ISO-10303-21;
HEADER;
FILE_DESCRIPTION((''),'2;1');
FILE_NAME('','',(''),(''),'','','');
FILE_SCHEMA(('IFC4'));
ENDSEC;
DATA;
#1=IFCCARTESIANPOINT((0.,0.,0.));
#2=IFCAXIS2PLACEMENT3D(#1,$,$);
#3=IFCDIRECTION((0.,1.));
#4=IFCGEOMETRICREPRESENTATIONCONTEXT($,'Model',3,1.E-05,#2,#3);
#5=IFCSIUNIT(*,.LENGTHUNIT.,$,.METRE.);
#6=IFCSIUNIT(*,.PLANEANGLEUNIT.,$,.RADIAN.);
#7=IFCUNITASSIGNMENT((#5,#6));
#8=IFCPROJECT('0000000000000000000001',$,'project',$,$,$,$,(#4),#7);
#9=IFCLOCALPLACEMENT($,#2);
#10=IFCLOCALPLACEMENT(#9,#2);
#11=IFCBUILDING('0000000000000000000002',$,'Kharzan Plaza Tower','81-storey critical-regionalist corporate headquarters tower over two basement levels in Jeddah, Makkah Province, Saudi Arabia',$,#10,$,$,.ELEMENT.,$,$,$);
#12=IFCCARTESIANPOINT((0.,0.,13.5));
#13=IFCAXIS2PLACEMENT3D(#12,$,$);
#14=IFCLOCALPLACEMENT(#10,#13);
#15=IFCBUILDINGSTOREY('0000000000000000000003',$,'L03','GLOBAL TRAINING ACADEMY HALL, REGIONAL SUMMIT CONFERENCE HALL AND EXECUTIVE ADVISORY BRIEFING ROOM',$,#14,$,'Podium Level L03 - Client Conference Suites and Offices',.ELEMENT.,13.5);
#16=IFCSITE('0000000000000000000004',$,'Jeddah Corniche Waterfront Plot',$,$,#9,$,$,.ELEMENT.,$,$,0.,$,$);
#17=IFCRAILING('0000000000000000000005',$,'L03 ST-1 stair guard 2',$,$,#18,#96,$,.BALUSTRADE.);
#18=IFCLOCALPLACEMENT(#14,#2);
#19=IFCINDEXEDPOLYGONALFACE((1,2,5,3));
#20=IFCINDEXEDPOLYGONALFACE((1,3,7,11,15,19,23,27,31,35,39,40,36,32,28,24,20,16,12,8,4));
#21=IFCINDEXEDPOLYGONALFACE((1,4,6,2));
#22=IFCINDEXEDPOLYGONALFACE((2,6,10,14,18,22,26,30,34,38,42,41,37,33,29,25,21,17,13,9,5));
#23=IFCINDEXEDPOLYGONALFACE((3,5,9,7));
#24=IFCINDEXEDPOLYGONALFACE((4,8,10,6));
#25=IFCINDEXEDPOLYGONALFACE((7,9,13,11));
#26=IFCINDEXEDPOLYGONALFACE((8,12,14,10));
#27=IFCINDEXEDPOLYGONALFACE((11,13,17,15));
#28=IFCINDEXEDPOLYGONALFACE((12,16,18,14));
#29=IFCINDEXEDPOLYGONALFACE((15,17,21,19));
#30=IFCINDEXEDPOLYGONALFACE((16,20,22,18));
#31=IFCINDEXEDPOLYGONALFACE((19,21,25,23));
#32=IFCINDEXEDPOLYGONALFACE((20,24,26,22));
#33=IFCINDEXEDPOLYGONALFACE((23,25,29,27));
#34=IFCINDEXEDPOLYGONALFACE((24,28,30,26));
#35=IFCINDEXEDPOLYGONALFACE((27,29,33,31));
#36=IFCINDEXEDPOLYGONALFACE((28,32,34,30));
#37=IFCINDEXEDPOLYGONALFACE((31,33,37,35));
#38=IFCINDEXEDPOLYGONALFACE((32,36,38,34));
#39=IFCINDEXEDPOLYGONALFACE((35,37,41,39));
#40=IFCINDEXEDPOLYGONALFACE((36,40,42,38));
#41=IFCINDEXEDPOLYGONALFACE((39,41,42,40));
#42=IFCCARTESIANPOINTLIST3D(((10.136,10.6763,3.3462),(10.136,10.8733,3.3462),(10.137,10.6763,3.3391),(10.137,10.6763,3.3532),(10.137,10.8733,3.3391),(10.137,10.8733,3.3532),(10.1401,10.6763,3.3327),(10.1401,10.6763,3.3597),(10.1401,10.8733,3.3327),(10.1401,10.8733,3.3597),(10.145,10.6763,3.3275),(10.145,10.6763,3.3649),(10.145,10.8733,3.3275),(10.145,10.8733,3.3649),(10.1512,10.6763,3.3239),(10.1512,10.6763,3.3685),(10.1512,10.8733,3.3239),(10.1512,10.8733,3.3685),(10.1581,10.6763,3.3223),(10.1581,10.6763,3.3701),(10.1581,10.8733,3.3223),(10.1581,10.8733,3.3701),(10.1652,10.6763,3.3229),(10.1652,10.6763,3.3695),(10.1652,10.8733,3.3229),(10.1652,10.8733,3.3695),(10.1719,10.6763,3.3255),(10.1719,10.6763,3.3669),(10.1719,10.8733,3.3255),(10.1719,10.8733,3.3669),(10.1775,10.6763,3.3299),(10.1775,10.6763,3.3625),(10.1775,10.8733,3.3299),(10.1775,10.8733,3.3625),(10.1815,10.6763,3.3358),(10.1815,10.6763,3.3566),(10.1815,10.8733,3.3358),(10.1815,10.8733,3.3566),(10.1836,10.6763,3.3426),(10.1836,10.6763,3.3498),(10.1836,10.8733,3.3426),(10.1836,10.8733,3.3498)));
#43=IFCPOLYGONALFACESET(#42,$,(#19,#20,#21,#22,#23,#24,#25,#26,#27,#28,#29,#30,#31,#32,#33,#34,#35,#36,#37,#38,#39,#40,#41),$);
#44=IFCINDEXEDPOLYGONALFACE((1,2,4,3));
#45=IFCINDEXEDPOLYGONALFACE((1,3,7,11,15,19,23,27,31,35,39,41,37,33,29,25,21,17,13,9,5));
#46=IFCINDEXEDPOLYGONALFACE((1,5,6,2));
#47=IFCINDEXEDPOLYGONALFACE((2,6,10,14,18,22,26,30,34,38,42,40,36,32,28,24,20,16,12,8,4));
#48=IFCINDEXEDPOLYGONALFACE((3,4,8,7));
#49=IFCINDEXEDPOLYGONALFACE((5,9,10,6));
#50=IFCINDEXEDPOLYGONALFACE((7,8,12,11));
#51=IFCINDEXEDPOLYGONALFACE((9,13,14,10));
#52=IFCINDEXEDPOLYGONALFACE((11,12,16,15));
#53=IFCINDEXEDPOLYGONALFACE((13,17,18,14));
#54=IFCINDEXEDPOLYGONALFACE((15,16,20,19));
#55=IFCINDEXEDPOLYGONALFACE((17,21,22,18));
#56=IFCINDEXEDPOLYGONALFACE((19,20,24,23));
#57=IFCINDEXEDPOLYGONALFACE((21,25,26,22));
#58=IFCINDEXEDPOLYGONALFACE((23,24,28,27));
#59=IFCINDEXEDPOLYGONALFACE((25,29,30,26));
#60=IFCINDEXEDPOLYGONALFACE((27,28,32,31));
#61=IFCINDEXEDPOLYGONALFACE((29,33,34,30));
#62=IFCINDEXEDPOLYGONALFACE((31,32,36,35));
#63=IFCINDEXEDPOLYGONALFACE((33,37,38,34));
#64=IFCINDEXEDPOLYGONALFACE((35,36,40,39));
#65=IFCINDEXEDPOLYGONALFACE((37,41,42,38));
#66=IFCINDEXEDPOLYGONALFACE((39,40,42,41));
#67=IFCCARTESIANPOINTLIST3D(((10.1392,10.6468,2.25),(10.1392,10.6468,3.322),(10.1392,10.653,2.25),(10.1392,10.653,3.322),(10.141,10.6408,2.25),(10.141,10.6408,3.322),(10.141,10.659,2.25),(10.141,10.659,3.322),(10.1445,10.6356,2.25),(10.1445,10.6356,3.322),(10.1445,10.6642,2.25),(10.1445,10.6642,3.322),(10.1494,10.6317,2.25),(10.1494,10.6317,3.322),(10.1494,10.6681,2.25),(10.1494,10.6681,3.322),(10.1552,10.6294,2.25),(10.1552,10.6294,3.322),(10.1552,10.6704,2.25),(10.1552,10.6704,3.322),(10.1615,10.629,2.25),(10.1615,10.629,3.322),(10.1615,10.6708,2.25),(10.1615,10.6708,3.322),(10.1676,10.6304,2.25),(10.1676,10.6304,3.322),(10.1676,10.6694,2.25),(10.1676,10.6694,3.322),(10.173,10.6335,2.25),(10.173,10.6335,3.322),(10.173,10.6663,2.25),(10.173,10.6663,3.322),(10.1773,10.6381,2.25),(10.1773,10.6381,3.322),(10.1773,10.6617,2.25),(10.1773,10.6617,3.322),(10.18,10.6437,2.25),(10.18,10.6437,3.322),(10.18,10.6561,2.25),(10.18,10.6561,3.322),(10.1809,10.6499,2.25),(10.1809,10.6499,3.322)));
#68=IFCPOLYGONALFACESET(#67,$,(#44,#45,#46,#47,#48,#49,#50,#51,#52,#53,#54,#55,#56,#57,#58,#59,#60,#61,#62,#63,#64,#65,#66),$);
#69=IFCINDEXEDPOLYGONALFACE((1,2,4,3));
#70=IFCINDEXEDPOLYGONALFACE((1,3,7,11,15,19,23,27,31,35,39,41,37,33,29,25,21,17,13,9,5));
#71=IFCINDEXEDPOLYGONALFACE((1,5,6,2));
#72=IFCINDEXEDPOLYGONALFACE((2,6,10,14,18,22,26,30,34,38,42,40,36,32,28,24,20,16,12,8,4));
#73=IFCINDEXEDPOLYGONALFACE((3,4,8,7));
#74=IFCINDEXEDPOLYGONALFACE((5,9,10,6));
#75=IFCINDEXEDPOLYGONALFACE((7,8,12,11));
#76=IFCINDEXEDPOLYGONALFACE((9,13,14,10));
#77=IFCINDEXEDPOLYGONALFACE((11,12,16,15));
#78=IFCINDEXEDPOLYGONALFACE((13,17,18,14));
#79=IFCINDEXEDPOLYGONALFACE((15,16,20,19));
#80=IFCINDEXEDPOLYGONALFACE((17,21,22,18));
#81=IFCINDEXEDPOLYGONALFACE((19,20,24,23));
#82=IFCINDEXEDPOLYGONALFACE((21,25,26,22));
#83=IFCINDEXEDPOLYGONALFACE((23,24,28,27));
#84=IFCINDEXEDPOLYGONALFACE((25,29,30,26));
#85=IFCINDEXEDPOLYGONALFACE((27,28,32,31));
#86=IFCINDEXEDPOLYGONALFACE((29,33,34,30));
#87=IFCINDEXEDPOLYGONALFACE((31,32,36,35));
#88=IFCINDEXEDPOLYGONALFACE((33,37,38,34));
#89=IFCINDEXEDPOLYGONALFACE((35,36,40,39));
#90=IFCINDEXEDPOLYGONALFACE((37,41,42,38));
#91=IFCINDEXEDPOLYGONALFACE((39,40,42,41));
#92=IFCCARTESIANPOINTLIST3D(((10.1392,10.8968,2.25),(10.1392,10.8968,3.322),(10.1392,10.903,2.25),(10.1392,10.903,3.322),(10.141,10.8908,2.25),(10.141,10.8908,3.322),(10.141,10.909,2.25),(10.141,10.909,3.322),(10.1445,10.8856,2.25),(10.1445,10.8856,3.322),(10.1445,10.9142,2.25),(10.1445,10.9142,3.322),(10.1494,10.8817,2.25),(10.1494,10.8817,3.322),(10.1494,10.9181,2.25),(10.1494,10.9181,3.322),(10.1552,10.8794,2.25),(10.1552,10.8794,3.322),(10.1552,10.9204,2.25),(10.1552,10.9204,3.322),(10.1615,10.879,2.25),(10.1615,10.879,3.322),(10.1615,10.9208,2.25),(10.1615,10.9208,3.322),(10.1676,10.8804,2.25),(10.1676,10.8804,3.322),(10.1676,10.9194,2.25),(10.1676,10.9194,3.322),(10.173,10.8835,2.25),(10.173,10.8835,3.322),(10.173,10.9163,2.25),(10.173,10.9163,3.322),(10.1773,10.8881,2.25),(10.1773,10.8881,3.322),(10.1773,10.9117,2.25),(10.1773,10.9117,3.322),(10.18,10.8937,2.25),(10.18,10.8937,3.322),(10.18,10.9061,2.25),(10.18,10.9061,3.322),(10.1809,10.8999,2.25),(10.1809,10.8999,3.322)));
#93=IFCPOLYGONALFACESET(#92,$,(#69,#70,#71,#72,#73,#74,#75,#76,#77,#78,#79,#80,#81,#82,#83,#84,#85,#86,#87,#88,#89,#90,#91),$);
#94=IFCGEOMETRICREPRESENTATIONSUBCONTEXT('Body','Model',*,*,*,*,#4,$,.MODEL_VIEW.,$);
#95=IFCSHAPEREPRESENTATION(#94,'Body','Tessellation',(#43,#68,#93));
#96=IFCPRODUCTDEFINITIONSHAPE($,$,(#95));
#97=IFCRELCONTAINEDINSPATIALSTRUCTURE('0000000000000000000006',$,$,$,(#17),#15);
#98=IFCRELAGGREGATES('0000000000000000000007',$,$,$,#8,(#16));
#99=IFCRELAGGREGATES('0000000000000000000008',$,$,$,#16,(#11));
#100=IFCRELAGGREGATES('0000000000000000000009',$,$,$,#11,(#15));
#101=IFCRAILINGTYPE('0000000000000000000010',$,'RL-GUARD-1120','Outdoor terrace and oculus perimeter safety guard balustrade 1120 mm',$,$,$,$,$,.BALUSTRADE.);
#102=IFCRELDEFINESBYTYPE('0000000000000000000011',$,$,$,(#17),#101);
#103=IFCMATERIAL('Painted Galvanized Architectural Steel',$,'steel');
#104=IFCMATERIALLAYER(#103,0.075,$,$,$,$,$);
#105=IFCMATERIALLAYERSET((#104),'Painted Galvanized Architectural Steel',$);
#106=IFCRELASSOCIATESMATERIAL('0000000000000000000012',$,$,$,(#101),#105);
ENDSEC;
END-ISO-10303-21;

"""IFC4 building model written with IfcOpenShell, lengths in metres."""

from ifc_helpers import new_model, si_unit, direction, frame, origin, origin_2d, place, context, subcontext, project, spatial, circle, extrude, source, transform, mapped, material, layer, layer_set, type_object, element, save


model = new_model("IFC4")

# Units and contexts
model_context = context("Model", 3, precision=1e-05, world=origin(), true_north=direction((0.0, 1.0)))
body_context = subcontext(model_context, "Body", "Model", "MODEL_VIEW")
ifc_project = project(units=[si_unit("LENGTHUNIT", "METRE"), si_unit("PLANEANGLEUNIT", "RADIAN")], contexts=[model_context])

# Site, building, storey
site_placement = place(None, origin())
site = spatial("IfcSite", under=ifc_project, at=site_placement, Name="Jeddah Corniche Waterfront Plot", CompositionType="ELEMENT", RefElevation=0.0)
building_placement = place(site_placement, origin())
building = spatial("IfcBuilding", under=site, at=building_placement, Name="Kharzan Plaza Tower", Description="81-storey critical-regionalist corporate headquarters tower over two basement levels in Jeddah, Makkah Province, Saudi Arabia", CompositionType="ELEMENT")
storey_placement = place(building_placement, frame((0.0, 0.0, 13.5)))
storey = spatial("IfcBuildingStorey", under=building, at=storey_placement, Name="L03", Description="GLOBAL TRAINING ACADEMY HALL, REGIONAL SUMMIT CONFERENCE HALL AND EXECUTIVE ADVISORY BRIEFING ROOM", LongName="Podium Level L03 - Client Conference Suites and Offices", CompositionType="ELEMENT", Elevation=13.5)

# Railing
ifc_material_1 = material(Name="Painted Galvanized Architectural Steel", Category="steel")
ifc_layer_1 = layer(ifc_material_1, 0.075)
ifc_layer_set_1 = layer_set([ifc_layer_1], Name="Painted Galvanized Architectural Steel")
railing_type_1 = type_object("IfcRailingType", Name="RL-GUARD-1120", Description="Outdoor terrace and oculus perimeter safety guard balustrade 1120 mm", PredefinedType="BALUSTRADE", material=ifc_layer_set_1)
shared_shape_1 = source(origin(), body_context, "Body", "SweptSolid", [
    extrude(circle(Radius=0.0239, at=origin_2d()), frame((0.0, 0.0264, 1.0962), z_axis=(0.0, 1.0, 0.0), x_axis=(-1.0, 0.0, 0.0)), (0.0, 0.0, 1.0), 0.197),
    extrude(circle(Radius=0.021, at=origin_2d()), origin(), (0.0, 0.0, 1.0), 1.072),
    extrude(circle(Radius=0.021, at=origin_2d()), frame((0.0, 0.25, 0.0)), (0.0, 0.0, 1.0), 1.072),
])
railing_1_placement = place(storey_placement, frame((10.1599, 10.6499, 2.25)))
element("IfcRailing", 1, at=railing_1_placement, inside=storey, type_object=railing_type_1, Name="L03 ST-1 stair guard 2", PredefinedType="BALUSTRADE", context=body_context, shape_type="MappedRepresentation", body=[
    mapped(shared_shape_1, transform((0.0, 0.0, 0.0), x_axis=(1.0, 0.0, 0.0), y_axis=(0.0, 1.0, 0.0), z_axis=(0.0, 0.0, 1.0))),
])

save(model, "model.ifc")
